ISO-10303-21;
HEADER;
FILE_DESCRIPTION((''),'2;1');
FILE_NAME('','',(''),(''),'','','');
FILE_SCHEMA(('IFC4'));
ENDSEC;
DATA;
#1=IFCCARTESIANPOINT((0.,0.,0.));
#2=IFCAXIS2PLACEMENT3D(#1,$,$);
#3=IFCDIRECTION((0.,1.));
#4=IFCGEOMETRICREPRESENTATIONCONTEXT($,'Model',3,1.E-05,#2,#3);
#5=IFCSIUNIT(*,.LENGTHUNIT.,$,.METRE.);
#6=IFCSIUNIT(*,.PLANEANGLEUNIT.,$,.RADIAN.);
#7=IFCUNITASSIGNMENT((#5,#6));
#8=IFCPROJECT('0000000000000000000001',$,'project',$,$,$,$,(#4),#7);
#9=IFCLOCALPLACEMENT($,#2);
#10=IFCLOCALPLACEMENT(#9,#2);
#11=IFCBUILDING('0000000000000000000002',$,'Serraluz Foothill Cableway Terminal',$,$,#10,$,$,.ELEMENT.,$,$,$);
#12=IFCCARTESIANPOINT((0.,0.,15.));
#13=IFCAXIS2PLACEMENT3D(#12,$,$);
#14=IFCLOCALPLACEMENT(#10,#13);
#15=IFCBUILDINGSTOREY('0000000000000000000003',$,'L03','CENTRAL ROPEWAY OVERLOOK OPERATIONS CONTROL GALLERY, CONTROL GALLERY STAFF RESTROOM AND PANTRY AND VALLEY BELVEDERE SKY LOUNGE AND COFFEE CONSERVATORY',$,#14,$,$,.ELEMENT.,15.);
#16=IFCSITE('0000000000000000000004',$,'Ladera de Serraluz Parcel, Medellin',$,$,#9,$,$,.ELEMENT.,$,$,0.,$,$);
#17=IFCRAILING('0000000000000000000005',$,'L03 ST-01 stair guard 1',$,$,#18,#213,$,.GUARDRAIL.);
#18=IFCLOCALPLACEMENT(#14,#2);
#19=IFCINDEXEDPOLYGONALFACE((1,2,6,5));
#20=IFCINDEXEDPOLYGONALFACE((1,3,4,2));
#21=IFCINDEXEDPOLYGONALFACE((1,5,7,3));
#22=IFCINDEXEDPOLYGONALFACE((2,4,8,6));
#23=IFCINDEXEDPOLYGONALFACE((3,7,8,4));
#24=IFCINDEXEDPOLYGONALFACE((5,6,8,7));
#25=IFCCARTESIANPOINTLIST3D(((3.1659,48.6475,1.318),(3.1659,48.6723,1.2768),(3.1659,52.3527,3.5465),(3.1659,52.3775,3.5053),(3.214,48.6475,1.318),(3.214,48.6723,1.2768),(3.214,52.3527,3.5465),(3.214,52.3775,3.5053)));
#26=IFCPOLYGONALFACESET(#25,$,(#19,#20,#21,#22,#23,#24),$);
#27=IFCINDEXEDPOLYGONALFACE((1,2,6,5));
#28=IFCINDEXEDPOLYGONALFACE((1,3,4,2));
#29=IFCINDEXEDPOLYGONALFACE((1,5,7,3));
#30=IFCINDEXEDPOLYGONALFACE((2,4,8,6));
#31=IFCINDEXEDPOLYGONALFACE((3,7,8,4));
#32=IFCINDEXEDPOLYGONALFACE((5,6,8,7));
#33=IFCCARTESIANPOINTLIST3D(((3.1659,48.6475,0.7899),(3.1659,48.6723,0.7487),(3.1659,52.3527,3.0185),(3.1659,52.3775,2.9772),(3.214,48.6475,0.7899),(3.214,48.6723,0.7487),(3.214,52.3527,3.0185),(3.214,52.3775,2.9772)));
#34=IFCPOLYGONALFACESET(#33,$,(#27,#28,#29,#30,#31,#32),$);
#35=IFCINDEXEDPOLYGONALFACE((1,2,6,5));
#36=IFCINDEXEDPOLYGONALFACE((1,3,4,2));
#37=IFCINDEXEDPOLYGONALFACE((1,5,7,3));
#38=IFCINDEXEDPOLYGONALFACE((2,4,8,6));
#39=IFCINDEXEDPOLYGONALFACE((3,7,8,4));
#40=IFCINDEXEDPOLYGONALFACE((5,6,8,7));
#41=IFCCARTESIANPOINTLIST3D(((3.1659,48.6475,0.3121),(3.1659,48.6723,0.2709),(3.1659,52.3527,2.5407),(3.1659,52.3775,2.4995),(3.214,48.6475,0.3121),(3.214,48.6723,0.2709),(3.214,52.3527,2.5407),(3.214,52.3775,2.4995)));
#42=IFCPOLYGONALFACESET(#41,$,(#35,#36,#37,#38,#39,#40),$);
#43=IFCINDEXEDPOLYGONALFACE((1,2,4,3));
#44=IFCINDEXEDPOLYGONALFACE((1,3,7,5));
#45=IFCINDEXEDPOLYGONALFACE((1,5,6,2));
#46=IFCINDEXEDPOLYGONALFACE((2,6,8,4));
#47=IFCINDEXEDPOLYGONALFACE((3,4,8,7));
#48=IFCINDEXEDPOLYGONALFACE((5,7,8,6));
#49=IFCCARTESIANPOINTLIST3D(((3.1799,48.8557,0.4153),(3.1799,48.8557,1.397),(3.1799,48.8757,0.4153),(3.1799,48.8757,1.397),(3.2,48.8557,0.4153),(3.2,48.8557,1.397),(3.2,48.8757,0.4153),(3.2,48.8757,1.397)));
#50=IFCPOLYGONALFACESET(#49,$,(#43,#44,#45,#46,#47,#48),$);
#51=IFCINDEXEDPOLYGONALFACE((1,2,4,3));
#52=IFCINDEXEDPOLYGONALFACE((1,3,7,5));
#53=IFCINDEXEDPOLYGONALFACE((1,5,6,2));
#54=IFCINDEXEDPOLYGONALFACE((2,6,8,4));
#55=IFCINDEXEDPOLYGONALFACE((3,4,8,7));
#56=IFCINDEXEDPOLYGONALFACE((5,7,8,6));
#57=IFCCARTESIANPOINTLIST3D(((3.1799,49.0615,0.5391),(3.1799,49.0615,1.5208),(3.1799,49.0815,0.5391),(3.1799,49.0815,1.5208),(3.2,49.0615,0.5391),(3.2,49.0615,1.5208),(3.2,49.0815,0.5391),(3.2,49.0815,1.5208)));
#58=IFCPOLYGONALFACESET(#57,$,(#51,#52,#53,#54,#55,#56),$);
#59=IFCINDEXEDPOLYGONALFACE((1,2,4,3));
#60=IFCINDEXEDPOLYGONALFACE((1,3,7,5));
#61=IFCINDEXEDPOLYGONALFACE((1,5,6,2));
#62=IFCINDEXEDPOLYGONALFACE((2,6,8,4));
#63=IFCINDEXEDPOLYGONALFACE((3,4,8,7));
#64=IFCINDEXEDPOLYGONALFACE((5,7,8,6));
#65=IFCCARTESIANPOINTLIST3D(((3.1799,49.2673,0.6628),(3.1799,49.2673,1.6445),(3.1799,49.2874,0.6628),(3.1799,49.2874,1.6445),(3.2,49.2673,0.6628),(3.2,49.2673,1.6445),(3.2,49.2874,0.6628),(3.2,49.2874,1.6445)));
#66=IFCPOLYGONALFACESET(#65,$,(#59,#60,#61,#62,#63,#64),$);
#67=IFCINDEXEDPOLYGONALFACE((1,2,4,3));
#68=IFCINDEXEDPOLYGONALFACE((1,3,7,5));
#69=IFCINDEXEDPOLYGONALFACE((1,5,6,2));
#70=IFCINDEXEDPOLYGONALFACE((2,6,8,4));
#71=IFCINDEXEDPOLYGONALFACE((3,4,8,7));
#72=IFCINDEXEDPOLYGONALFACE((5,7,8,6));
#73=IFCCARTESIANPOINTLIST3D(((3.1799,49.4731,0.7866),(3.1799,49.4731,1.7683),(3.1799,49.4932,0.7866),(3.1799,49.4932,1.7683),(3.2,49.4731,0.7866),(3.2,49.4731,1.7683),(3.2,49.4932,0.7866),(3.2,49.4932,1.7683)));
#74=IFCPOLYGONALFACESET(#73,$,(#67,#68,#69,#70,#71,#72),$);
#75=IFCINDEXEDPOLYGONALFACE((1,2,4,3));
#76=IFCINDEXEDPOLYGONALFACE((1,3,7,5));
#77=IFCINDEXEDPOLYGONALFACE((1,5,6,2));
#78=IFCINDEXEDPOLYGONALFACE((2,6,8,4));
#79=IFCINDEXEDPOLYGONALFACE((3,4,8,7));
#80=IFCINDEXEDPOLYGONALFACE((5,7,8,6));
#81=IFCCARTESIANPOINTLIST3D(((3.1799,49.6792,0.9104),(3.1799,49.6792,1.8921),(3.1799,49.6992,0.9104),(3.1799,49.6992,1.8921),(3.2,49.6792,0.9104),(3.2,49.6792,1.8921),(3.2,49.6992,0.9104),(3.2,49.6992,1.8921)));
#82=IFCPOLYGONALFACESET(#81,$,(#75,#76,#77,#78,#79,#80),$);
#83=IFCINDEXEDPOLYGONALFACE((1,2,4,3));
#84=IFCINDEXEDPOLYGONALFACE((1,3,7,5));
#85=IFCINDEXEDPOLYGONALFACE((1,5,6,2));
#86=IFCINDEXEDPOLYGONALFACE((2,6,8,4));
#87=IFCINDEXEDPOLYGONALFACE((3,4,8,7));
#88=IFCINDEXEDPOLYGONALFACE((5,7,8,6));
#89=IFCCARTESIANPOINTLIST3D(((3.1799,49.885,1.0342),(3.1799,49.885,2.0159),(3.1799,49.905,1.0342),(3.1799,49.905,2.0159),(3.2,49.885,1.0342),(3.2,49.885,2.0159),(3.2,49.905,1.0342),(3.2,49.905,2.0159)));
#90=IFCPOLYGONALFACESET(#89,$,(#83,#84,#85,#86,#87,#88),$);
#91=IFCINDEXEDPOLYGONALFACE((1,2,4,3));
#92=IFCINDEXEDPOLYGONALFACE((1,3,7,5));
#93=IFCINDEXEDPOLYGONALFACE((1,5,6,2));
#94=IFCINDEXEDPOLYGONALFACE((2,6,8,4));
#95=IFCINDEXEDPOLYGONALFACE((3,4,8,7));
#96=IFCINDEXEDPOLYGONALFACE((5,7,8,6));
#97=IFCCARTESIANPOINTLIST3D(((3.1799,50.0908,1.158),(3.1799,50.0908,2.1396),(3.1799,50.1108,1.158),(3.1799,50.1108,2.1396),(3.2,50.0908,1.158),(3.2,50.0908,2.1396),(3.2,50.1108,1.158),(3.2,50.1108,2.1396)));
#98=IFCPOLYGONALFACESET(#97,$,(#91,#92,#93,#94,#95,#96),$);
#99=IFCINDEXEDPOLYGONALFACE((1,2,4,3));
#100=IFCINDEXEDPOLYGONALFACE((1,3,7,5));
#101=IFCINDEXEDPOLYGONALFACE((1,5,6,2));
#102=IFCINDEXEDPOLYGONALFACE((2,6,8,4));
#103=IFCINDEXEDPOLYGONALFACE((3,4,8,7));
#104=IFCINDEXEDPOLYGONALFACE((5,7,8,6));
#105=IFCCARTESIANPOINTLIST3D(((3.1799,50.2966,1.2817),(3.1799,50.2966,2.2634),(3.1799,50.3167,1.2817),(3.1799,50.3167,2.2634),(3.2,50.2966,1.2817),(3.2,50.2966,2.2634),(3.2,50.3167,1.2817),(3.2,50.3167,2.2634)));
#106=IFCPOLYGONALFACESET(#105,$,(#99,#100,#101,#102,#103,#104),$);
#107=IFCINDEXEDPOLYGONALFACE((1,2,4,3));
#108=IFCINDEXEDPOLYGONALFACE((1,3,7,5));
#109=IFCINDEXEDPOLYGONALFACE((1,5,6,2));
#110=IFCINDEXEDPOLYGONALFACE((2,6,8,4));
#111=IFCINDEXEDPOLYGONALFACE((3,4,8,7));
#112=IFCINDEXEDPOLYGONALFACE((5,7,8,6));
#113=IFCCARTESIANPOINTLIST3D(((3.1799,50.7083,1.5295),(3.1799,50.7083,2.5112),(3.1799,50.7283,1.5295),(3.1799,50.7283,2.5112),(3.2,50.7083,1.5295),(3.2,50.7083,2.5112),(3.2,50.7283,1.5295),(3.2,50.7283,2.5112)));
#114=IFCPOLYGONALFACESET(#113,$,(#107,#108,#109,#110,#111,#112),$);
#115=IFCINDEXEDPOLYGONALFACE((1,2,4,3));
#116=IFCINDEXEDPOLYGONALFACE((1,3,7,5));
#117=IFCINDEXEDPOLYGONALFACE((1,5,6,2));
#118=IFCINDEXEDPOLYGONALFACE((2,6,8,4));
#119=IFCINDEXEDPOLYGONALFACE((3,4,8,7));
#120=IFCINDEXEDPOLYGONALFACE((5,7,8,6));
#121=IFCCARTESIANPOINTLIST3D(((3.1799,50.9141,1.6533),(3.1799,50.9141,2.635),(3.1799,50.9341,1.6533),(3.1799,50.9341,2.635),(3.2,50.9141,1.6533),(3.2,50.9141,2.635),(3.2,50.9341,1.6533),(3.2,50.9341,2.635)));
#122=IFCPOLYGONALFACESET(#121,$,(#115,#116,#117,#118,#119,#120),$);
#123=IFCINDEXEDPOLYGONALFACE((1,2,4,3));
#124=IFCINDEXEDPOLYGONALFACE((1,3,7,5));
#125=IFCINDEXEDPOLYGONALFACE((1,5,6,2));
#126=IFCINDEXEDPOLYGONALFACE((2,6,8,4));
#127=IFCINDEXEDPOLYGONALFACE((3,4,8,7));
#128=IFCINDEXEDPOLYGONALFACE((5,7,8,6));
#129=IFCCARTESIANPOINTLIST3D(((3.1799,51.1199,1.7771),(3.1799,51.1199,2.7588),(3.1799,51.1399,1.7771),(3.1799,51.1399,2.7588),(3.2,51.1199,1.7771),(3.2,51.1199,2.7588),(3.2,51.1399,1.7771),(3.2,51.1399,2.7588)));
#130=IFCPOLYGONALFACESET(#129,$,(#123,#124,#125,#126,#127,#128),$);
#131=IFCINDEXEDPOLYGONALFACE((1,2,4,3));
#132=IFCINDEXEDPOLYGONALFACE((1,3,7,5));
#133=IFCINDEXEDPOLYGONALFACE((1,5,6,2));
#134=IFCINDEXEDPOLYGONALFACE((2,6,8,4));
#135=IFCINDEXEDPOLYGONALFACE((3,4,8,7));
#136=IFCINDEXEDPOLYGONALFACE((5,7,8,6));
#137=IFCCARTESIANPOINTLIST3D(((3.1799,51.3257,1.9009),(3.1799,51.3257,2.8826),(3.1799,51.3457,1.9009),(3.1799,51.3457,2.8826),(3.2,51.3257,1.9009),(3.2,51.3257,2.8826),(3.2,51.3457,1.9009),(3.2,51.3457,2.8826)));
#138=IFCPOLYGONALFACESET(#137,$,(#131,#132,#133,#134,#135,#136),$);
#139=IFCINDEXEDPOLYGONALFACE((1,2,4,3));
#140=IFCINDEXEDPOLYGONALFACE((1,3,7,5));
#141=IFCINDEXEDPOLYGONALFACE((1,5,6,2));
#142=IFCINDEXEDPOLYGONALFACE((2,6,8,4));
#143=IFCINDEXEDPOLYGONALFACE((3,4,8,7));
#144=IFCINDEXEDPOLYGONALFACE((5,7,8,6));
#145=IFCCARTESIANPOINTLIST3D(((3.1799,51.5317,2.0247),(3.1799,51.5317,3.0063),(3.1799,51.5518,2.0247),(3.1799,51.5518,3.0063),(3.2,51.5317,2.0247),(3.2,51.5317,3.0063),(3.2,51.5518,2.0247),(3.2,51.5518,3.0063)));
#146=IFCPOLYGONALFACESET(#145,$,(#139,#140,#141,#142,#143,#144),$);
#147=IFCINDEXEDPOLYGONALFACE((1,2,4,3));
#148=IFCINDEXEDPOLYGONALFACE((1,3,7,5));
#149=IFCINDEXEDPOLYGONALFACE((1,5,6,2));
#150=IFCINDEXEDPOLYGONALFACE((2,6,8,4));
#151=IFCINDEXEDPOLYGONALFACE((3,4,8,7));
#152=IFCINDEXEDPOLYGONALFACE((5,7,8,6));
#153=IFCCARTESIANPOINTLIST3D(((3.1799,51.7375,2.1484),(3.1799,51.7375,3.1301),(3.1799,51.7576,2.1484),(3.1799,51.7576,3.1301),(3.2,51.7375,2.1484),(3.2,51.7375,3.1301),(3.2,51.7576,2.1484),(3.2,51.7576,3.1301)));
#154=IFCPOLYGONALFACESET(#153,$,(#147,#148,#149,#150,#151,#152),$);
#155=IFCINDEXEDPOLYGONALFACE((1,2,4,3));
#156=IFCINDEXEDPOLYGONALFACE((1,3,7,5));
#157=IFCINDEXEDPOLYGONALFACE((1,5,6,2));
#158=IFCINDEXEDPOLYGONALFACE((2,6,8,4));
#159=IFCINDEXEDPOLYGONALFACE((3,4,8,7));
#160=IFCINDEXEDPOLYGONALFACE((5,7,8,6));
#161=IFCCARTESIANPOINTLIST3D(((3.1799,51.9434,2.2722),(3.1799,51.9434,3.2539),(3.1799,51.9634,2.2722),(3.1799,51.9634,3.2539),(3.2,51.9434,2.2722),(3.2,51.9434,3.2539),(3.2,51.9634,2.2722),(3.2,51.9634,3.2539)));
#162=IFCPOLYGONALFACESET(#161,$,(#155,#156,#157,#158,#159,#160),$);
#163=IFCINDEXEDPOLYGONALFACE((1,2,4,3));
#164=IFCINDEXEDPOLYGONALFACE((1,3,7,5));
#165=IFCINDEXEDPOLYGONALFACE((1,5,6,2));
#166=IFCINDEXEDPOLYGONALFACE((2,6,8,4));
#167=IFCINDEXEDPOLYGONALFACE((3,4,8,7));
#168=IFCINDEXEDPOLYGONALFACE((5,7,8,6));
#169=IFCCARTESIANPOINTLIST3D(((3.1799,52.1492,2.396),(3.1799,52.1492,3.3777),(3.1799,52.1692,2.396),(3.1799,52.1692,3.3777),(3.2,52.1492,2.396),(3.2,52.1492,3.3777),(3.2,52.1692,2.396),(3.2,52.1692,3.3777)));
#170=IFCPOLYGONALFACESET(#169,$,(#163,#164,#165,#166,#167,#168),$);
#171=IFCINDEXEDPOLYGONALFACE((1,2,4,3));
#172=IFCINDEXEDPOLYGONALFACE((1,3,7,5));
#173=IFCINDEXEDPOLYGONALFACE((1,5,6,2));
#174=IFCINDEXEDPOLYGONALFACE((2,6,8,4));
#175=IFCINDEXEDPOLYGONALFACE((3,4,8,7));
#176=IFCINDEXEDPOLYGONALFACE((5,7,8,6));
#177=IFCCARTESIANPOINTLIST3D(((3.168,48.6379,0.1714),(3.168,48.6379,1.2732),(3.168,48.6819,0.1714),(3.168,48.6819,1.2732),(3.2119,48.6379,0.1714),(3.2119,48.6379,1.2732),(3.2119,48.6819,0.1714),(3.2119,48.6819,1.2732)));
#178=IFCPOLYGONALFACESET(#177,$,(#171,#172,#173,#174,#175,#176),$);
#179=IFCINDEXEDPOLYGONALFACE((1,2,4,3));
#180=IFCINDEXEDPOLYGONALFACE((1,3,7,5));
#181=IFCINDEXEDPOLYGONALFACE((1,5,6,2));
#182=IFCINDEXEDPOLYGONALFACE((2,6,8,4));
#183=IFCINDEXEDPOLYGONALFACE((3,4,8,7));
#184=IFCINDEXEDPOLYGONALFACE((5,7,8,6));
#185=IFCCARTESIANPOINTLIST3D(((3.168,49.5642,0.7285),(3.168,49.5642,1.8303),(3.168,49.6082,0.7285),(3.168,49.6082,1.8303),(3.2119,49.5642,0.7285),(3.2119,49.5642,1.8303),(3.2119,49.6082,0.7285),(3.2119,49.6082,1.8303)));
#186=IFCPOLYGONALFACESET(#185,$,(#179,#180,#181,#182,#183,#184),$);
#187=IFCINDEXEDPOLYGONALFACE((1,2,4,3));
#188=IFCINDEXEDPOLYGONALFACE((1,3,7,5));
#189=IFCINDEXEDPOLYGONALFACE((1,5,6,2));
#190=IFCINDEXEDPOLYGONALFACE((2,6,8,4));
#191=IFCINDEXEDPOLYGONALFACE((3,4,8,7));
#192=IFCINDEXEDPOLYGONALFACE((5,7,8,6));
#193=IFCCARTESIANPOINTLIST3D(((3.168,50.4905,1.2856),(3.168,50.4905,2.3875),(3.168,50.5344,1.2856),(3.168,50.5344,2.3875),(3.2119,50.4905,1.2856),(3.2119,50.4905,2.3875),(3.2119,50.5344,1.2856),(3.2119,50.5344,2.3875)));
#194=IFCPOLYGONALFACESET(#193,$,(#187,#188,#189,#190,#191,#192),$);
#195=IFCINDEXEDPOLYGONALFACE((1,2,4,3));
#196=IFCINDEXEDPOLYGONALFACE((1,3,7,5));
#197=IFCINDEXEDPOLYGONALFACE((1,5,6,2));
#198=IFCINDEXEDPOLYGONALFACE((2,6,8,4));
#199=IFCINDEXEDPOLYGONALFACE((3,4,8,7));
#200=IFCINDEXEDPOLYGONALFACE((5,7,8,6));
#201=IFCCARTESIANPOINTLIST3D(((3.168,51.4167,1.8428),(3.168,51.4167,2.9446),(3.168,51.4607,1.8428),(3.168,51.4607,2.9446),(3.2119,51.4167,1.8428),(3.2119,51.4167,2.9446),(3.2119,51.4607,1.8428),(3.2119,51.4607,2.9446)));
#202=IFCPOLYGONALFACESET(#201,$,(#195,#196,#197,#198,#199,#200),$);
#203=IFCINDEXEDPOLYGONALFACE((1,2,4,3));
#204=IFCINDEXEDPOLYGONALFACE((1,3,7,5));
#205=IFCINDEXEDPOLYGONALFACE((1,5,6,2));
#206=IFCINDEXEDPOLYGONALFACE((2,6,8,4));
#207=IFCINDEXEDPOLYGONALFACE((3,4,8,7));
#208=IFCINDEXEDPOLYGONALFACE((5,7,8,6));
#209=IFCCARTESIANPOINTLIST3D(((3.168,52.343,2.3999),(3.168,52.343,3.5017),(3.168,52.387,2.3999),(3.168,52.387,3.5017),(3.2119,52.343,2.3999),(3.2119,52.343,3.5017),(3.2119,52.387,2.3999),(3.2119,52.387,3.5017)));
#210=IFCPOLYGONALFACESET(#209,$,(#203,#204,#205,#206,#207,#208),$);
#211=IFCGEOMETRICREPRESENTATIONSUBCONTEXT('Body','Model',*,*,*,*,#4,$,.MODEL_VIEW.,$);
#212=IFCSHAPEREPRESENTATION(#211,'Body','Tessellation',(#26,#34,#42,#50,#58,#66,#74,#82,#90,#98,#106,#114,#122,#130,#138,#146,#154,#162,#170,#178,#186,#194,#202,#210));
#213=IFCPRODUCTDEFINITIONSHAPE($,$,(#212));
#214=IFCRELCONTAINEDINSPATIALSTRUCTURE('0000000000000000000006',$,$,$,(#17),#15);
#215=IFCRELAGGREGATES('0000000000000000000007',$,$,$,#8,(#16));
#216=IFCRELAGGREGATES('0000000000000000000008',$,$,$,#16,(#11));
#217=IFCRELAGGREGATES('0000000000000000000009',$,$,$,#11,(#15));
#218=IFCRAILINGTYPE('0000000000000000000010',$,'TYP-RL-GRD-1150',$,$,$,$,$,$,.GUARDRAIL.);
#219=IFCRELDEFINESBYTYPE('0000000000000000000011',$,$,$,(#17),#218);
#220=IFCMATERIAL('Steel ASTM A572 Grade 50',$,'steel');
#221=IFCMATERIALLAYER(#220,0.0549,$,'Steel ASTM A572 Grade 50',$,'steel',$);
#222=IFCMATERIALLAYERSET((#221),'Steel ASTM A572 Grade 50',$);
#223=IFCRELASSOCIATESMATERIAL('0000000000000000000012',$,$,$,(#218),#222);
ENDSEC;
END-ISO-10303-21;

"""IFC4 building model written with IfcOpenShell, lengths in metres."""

from ifc_helpers import new_model, si_unit, direction, frame, origin, origin_2d, place, context, subcontext, project, spatial, rectangle, extrude, material, layer, layer_set, type_object, element, save


model = new_model("IFC4")

# Units and contexts
model_context = context("Model", 3, precision=1e-05, world=origin(), true_north=direction((0.0, 1.0)))
body_context = subcontext(model_context, "Body", "Model", "MODEL_VIEW")
ifc_project = project(units=[si_unit("LENGTHUNIT", "METRE"), si_unit("PLANEANGLEUNIT", "RADIAN")], contexts=[model_context])

# Site, building, storey
site_placement = place(None, origin())
site = spatial("IfcSite", under=ifc_project, at=site_placement, Name="Ladera de Serraluz Parcel, Medellin", CompositionType="ELEMENT", RefElevation=0.0)
building_placement = place(site_placement, origin())
building = spatial("IfcBuilding", under=site, at=building_placement, Name="Serraluz Foothill Cableway Terminal", CompositionType="ELEMENT")
storey_placement = place(building_placement, frame((0.0, 0.0, 15.0)))
storey = spatial("IfcBuildingStorey", under=building, at=storey_placement, Name="L03", Description="CENTRAL ROPEWAY OVERLOOK OPERATIONS CONTROL GALLERY, CONTROL GALLERY STAFF RESTROOM AND PANTRY AND VALLEY BELVEDERE SKY LOUNGE AND COFFEE CONSERVATORY", CompositionType="ELEMENT", Elevation=15.0)

# Shared definitions
ifc_material_1 = material(Name="Steel ASTM A572 Grade 50", Category="steel")

# Railing
ifc_layer_1 = layer(ifc_material_1, 0.0549, Name="Steel ASTM A572 Grade 50", Category="steel")
ifc_layer_set_1 = layer_set([ifc_layer_1], Name="Steel ASTM A572 Grade 50")
railing_type_1 = type_object("IfcRailingType", Name="TYP-RL-GRD-1150", PredefinedType="GUARDRAIL", material=ifc_layer_set_1)
railing_1_placement = place(storey_placement, frame((3.1899, 48.6599, 0.1714)))
element("IfcRailing", 1, at=railing_1_placement, inside=storey, type_object=railing_type_1, Name="L03 ST-01 stair guard 1", PredefinedType="GUARDRAIL", context=body_context, shape_type="SweptSolid", body=[
    extrude(rectangle(XDim=0.0481, YDim=0.0481, at=origin_2d()), frame((0.0, 0.0, 1.126), z_axis=(0.0, 0.856934, 0.515425), x_axis=(-1.0, 0.0, 0.0)), (0.0, 0.0, 1.0), 4.3237),
    extrude(rectangle(XDim=0.0481, YDim=0.0481, at=origin_2d()), frame((0.0, 0.0, 0.5979), z_axis=(0.0, 0.856934, 0.515425), x_axis=(-1.0, 0.0, 0.0)), (0.0, 0.0, 1.0), 4.3237),
    extrude(rectangle(XDim=0.0481, YDim=0.0481, at=origin_2d()), frame((0.0, 0.0, 0.1201), z_axis=(0.0, 0.856934, 0.515425), x_axis=(-1.0, 0.0, 0.0)), (0.0, 0.0, 1.0), 4.3237),
    extrude(rectangle(XDim=0.02, YDim=0.02, at=origin_2d()), frame((0.0, 0.2058, 0.2439)), (0.0, 0.0, 1.0), 0.9817),
    extrude(rectangle(XDim=0.02, YDim=0.02, at=origin_2d()), frame((0.0, 0.4116, 0.3677)), (0.0, 0.0, 1.0), 0.9817),
    extrude(rectangle(XDim=0.02, YDim=0.02, at=origin_2d()), frame((0.0, 0.6174, 0.4915)), (0.0, 0.0, 1.0), 0.9817),
    extrude(rectangle(XDim=0.02, YDim=0.02, at=origin_2d()), frame((0.0, 0.8232, 0.6152)), (0.0, 0.0, 1.0), 0.9817),
    extrude(rectangle(XDim=0.02, YDim=0.02, at=origin_2d()), frame((0.0, 1.0293, 0.739)), (0.0, 0.0, 1.0), 0.9817),
    extrude(rectangle(XDim=0.02, YDim=0.02, at=origin_2d()), frame((0.0, 1.2351, 0.8628)), (0.0, 0.0, 1.0), 0.9817),
    extrude(rectangle(XDim=0.02, YDim=0.02, at=origin_2d()), frame((0.0, 1.4409, 0.9866)), (0.0, 0.0, 1.0), 0.9817),
    extrude(rectangle(XDim=0.02, YDim=0.02, at=origin_2d()), frame((0.0, 1.6467, 1.1104)), (0.0, 0.0, 1.0), 0.9817),
    extrude(rectangle(XDim=0.02, YDim=0.02, at=origin_2d()), frame((0.0, 2.0583, 1.3582)), (0.0, 0.0, 1.0), 0.9817),
    extrude(rectangle(XDim=0.02, YDim=0.02, at=origin_2d()), frame((0.0, 2.2642, 1.4819)), (0.0, 0.0, 1.0), 0.9817),
    extrude(rectangle(XDim=0.02, YDim=0.02, at=origin_2d()), frame((0.0, 2.47, 1.6057)), (0.0, 0.0, 1.0), 0.9817),
    extrude(rectangle(XDim=0.02, YDim=0.02, at=origin_2d()), frame((0.0, 2.6758, 1.7295)), (0.0, 0.0, 1.0), 0.9817),
    extrude(rectangle(XDim=0.02, YDim=0.02, at=origin_2d()), frame((0.0, 2.8818, 1.8533)), (0.0, 0.0, 1.0), 0.9817),
    extrude(rectangle(XDim=0.02, YDim=0.02, at=origin_2d()), frame((0.0, 3.0876, 1.9771)), (0.0, 0.0, 1.0), 0.9817),
    extrude(rectangle(XDim=0.02, YDim=0.02, at=origin_2d()), frame((0.0, 3.2935, 2.1008)), (0.0, 0.0, 1.0), 0.9817),
    extrude(rectangle(XDim=0.02, YDim=0.02, at=origin_2d()), frame((0.0, 3.4993, 2.2246)), (0.0, 0.0, 1.0), 0.9817),
    extrude(rectangle(XDim=0.0439, YDim=0.0439, at=origin_2d()), origin(), (0.0, 0.0, 1.0), 1.1018),
    extrude(rectangle(XDim=0.0439, YDim=0.0439, at=origin_2d()), frame((0.0, 0.9263, 0.5571)), (0.0, 0.0, 1.0), 1.1018),
    extrude(rectangle(XDim=0.0439, YDim=0.0439, at=origin_2d()), frame((0.0, 1.8525, 1.1143)), (0.0, 0.0, 1.0), 1.1018),
    extrude(rectangle(XDim=0.0439, YDim=0.0439, at=origin_2d()), frame((0.0, 2.7788, 1.6714)), (0.0, 0.0, 1.0), 1.1018),
    extrude(rectangle(XDim=0.0439, YDim=0.0439, at=origin_2d()), frame((0.0, 3.7051, 2.2285)), (0.0, 0.0, 1.0), 1.1018),
])

save(model, "model.ifc")
